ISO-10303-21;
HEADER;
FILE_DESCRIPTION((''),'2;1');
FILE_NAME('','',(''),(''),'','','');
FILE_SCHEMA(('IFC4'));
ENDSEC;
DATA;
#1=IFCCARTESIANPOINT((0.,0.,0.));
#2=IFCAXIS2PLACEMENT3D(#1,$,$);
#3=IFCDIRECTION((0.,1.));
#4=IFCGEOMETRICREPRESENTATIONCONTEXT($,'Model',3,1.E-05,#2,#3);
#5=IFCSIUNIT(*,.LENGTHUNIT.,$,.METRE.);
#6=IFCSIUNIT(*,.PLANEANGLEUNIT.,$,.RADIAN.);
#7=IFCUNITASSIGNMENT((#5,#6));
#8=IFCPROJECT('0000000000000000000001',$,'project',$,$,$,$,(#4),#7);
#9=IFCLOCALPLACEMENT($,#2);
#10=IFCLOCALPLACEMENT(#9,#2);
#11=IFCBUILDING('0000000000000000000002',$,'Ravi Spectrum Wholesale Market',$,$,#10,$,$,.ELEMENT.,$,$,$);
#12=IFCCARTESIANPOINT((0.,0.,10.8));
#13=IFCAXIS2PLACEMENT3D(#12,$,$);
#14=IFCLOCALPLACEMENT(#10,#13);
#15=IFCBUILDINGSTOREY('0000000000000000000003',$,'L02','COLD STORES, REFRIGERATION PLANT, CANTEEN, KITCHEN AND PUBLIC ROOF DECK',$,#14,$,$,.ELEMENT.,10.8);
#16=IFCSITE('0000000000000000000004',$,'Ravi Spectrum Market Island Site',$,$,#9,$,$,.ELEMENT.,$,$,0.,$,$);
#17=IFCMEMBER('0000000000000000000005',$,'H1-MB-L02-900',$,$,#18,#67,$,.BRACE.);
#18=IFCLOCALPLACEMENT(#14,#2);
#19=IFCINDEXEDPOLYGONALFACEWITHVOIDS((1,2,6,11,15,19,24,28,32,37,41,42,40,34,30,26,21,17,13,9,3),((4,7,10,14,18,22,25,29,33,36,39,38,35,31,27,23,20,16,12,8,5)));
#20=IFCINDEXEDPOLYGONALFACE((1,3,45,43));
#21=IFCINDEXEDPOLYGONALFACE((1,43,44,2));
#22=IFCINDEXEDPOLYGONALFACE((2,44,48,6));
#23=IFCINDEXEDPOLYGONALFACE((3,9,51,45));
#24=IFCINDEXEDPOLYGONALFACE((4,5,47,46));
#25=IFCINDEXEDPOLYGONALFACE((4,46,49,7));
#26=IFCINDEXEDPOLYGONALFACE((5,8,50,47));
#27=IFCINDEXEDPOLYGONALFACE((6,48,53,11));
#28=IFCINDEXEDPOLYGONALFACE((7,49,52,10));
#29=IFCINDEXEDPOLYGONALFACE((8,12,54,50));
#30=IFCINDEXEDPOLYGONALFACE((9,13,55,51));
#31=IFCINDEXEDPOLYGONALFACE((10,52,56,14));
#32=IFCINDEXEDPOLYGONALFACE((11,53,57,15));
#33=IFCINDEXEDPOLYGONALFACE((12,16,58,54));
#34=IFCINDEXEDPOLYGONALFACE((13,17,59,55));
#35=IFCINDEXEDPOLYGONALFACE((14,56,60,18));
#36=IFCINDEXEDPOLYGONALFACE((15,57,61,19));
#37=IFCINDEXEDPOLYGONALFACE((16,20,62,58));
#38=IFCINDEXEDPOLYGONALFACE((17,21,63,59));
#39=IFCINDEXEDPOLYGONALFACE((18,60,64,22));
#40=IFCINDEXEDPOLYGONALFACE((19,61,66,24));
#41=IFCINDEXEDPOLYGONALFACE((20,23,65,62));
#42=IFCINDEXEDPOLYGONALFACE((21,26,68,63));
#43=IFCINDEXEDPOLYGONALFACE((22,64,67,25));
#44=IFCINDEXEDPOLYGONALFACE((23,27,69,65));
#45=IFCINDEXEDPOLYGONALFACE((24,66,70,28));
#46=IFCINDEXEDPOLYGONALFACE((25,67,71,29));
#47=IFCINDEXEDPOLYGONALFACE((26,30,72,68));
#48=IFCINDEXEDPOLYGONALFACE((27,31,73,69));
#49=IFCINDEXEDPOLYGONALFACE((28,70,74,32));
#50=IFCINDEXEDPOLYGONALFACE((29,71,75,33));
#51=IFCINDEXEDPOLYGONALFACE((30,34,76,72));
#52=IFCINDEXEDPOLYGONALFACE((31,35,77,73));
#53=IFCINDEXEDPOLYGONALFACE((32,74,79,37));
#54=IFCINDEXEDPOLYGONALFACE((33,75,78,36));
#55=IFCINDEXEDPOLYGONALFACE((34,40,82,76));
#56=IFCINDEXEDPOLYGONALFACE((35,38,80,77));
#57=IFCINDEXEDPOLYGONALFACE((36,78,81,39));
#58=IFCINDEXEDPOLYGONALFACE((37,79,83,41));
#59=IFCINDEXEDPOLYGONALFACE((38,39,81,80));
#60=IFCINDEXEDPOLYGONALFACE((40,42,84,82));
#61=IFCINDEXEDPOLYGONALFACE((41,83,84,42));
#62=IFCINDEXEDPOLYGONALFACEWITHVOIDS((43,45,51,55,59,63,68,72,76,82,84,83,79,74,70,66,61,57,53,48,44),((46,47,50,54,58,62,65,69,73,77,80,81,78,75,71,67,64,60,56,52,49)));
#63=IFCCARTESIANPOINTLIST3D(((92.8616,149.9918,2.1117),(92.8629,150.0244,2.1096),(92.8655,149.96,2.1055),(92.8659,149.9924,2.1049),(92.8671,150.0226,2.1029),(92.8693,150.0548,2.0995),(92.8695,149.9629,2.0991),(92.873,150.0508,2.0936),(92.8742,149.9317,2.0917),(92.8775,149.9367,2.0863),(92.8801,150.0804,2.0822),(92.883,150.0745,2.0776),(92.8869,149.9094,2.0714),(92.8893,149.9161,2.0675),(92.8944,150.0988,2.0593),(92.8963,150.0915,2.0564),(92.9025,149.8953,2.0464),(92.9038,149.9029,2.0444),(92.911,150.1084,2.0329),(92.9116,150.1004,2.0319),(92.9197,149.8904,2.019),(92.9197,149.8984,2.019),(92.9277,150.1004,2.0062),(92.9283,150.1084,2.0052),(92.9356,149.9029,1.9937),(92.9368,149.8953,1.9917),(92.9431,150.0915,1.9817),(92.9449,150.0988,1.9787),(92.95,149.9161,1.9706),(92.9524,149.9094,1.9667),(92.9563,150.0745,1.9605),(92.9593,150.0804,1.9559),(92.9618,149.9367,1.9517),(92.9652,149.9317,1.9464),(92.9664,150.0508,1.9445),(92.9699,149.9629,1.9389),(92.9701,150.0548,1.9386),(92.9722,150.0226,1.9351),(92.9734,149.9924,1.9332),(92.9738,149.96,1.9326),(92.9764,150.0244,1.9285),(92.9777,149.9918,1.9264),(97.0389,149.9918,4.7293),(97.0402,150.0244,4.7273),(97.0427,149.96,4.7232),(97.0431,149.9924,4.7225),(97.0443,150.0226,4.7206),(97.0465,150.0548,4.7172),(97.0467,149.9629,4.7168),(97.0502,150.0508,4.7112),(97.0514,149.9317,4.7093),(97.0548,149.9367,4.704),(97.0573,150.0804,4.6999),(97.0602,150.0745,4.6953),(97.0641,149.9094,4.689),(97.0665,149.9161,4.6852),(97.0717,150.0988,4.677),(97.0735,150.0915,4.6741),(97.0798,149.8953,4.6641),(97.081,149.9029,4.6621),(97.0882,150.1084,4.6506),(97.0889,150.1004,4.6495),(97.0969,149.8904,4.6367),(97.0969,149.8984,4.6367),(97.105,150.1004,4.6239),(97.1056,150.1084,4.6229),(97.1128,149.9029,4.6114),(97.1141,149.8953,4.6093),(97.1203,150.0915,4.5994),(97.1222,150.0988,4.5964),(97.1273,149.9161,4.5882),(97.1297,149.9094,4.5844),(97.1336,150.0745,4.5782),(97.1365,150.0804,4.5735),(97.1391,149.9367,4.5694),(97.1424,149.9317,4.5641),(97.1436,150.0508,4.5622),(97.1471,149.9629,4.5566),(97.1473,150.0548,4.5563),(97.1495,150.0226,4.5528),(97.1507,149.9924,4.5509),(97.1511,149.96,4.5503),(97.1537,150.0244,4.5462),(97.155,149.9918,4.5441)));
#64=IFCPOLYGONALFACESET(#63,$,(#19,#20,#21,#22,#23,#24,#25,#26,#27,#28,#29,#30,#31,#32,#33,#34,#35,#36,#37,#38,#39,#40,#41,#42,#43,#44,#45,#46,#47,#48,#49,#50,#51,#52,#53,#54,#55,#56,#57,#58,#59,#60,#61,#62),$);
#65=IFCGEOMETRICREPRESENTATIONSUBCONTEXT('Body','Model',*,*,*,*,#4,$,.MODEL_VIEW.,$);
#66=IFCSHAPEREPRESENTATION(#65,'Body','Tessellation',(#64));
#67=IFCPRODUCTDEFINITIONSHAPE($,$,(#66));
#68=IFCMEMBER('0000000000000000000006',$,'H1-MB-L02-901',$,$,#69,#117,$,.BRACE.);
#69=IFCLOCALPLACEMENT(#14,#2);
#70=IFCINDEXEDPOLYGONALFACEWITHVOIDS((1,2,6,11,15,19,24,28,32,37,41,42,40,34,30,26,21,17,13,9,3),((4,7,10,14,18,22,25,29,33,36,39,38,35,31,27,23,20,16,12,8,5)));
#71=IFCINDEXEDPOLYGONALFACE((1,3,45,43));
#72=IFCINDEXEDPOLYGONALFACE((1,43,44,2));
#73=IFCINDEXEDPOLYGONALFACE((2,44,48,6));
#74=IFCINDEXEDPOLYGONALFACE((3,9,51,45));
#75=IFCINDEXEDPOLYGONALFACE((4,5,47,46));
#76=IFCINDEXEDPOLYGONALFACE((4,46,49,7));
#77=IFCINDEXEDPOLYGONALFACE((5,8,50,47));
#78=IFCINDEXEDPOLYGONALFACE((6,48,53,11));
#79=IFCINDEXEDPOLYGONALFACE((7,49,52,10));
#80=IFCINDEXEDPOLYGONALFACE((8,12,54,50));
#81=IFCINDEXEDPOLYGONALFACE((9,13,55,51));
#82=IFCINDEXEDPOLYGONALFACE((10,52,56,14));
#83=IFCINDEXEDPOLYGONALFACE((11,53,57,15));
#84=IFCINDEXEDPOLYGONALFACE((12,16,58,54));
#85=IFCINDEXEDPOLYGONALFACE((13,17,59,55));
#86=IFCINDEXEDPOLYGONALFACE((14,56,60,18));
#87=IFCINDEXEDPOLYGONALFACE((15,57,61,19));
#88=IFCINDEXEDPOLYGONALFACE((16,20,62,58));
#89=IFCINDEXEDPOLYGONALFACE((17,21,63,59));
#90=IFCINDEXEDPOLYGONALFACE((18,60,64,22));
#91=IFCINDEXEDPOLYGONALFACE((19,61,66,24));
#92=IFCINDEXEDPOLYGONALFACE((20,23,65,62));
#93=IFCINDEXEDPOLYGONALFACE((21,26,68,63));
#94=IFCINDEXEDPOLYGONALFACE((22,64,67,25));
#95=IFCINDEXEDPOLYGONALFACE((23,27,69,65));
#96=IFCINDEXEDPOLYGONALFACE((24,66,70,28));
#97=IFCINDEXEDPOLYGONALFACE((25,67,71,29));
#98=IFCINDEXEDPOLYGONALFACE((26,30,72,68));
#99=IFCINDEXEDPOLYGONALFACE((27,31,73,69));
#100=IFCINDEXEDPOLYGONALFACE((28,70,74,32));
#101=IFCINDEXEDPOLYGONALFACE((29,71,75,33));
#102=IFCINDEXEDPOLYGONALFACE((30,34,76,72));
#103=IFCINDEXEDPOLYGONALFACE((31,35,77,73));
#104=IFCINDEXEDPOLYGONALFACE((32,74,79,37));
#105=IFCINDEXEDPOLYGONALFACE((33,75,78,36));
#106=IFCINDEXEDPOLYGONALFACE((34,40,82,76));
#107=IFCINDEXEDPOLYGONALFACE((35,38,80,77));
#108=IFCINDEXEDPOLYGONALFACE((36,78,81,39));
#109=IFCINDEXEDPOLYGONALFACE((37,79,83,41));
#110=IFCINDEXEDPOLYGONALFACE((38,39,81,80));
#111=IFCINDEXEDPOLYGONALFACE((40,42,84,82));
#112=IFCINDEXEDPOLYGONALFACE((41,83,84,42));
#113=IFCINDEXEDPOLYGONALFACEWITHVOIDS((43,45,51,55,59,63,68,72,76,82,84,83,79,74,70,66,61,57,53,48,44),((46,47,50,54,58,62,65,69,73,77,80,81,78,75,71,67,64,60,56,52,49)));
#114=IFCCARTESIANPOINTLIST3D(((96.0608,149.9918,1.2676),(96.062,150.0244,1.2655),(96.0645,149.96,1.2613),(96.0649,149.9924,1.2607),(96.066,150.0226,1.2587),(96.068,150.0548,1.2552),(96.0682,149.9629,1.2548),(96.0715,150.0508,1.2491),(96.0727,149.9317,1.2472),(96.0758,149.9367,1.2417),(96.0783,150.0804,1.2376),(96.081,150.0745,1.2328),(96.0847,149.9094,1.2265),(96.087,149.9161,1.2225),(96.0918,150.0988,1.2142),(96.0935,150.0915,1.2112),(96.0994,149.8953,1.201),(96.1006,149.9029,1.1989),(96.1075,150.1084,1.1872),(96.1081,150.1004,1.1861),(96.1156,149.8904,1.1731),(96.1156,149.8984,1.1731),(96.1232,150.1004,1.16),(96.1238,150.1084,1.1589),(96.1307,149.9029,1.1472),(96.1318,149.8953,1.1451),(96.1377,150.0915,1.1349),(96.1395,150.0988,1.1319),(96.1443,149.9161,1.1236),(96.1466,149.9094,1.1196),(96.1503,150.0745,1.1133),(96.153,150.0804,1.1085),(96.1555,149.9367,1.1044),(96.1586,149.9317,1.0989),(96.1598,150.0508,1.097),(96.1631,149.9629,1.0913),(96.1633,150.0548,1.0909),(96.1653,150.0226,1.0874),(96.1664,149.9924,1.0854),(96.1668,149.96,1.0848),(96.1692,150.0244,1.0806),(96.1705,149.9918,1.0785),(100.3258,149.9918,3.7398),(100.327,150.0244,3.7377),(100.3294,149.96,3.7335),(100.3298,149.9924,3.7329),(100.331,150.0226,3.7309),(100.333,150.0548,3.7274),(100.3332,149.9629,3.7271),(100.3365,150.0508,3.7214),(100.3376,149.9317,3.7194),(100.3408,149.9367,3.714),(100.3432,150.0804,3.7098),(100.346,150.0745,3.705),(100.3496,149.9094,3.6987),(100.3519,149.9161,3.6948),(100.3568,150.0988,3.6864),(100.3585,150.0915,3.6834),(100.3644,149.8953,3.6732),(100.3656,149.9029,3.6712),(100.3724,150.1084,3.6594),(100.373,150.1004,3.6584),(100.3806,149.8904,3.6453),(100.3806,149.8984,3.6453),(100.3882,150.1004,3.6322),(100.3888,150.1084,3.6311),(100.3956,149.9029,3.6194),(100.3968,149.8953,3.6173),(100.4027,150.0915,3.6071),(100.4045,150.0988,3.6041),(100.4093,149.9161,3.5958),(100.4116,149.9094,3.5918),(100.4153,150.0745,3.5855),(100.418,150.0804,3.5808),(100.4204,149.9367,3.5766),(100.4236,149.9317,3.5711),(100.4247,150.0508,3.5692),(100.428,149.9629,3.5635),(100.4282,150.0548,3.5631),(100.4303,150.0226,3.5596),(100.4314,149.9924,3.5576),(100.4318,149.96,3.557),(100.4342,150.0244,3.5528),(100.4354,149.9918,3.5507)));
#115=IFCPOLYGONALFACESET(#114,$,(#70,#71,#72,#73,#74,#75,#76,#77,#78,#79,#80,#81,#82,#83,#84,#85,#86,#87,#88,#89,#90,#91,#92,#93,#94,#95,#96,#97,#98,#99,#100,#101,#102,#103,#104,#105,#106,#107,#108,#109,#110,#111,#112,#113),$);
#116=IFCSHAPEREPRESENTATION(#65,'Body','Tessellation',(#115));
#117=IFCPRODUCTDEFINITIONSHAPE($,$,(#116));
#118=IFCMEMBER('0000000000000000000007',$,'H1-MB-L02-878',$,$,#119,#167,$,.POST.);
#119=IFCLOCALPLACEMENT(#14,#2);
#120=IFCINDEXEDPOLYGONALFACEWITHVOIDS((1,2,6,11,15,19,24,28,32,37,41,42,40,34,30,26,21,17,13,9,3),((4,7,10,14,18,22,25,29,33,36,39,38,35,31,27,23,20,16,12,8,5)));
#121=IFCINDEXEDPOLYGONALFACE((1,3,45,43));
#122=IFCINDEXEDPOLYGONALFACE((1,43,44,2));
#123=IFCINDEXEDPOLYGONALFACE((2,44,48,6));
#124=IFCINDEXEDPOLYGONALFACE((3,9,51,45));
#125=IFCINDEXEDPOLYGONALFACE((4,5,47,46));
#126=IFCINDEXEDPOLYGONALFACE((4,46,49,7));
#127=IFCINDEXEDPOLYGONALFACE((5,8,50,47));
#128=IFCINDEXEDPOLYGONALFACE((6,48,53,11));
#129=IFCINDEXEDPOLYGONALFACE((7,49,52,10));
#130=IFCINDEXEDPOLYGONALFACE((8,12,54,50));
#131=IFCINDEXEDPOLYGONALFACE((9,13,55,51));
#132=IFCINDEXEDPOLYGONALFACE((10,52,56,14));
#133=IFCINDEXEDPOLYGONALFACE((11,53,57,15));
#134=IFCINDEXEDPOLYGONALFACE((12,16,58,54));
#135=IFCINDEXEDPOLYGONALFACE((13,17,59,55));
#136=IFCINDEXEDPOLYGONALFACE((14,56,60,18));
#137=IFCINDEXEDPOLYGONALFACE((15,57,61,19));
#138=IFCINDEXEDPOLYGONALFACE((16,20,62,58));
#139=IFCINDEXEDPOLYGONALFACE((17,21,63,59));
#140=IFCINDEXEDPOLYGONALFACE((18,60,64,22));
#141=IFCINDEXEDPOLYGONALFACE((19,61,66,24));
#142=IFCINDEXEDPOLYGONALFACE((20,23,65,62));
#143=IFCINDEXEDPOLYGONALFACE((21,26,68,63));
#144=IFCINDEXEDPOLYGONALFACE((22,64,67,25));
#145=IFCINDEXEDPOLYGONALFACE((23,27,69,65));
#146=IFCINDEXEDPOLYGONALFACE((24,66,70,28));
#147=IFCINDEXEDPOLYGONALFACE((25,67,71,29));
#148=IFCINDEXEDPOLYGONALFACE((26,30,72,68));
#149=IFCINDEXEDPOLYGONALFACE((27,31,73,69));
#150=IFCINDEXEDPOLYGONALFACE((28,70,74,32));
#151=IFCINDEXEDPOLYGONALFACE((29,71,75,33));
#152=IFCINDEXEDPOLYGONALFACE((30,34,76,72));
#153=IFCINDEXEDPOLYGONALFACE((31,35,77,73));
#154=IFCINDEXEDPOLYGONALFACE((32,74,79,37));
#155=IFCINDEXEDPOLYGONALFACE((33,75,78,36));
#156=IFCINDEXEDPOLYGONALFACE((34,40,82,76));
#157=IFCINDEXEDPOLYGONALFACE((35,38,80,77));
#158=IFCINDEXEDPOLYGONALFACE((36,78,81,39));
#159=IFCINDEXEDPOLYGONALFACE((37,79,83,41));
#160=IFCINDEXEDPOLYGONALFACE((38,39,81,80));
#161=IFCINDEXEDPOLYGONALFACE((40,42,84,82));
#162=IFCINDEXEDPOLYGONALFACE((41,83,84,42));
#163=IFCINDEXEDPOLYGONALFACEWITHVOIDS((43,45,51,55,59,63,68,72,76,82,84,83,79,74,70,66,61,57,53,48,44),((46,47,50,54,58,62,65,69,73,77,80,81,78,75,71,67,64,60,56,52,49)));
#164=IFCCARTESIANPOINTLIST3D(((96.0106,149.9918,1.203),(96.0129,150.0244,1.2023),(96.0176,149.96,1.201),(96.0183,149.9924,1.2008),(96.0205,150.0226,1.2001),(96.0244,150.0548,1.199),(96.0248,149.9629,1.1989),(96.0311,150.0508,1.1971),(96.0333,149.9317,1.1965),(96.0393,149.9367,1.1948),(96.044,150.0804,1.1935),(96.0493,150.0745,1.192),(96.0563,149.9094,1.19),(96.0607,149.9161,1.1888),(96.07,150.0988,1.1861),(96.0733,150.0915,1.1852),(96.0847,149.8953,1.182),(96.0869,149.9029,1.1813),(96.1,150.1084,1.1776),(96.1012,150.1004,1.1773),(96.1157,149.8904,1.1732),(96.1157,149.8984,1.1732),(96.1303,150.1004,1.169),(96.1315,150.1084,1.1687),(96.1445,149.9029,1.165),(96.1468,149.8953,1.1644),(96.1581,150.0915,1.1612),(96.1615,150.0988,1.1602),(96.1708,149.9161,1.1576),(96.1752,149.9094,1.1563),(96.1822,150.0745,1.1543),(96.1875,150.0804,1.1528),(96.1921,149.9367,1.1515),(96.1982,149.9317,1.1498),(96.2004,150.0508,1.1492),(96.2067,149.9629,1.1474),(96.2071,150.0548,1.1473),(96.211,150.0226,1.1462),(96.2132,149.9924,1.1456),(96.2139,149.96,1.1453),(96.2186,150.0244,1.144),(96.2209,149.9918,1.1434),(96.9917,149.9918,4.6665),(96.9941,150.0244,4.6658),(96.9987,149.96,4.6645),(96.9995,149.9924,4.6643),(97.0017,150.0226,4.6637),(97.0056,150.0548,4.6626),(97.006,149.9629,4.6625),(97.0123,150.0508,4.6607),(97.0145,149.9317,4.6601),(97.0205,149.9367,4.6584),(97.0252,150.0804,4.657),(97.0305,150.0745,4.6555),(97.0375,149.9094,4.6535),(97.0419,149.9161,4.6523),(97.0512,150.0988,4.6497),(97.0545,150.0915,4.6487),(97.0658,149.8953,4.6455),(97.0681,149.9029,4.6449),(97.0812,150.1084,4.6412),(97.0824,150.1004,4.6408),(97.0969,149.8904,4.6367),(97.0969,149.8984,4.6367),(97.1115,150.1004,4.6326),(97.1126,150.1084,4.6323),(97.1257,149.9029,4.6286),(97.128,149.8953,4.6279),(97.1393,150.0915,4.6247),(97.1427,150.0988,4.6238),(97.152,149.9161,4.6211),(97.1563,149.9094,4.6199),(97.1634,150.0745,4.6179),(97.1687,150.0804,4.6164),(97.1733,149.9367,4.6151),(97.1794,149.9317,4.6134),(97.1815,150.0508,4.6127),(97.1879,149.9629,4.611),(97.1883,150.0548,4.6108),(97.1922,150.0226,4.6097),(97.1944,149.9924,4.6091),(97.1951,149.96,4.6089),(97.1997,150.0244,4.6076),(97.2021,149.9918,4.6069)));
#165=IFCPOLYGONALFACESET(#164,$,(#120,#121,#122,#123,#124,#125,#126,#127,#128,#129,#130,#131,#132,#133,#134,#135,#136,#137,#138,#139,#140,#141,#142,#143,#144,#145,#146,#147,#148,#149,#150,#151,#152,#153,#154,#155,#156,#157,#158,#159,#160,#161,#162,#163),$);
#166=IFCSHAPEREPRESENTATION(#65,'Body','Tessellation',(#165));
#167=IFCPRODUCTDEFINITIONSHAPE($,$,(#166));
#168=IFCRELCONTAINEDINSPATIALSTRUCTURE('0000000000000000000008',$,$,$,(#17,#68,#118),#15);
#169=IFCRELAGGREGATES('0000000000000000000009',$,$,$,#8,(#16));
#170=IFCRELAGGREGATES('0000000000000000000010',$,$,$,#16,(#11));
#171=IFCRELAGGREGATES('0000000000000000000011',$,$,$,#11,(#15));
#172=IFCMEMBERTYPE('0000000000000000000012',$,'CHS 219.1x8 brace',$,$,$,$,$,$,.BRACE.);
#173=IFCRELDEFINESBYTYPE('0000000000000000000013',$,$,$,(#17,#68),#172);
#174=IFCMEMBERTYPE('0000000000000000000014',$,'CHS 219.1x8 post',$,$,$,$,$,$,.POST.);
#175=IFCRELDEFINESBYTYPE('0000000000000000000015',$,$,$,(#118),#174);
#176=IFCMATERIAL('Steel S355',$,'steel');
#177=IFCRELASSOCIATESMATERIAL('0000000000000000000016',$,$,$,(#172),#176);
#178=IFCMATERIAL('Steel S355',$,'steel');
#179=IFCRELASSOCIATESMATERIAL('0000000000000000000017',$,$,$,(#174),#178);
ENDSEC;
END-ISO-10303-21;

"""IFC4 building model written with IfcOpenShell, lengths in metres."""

from ifc_helpers import new_model, si_unit, direction, frame, origin, origin_2d, place, context, subcontext, project, spatial, hollow_circle, extrude, material, material_profile, profile_set, type_object, element, save


model = new_model("IFC4")

# Units and contexts
model_context = context("Model", 3, precision=1e-05, world=origin(), true_north=direction((0.0, 1.0)))
body_context = subcontext(model_context, "Body", "Model", "MODEL_VIEW")
ifc_project = project(units=[si_unit("LENGTHUNIT", "METRE"), si_unit("PLANEANGLEUNIT", "RADIAN")], contexts=[model_context])

# Site, building, storey
site_placement = place(None, origin())
site = spatial("IfcSite", under=ifc_project, at=site_placement, Name="Ravi Spectrum Market Island Site", CompositionType="ELEMENT", RefElevation=0.0)
building_placement = place(site_placement, origin())
building = spatial("IfcBuilding", under=site, at=building_placement, Name="Ravi Spectrum Wholesale Market", CompositionType="ELEMENT")
storey_placement = place(building_placement, frame((0.0, 0.0, 10.8)))
storey = spatial("IfcBuildingStorey", under=building, at=storey_placement, Name="L02", Description="COLD STORES, REFRIGERATION PLANT, CANTEEN, KITCHEN AND PUBLIC ROOF DECK", CompositionType="ELEMENT", Elevation=10.8)

# Members
ifc_material_1 = material(Name="Steel S355", Category="steel")
ifc_material_profile_1 = material_profile(ifc_material_1, hollow_circle(Radius=0.1096, WallThickness=0.0081, at=origin_2d()))
ifc_profile_set_1 = profile_set([ifc_material_profile_1], Name="Steel S355")
member_type_1 = type_object("IfcMemberType", Name="CHS 219.1x8 brace", PredefinedType="BRACE", material=ifc_profile_set_1)
for number, where, z_axis, x_axis, name in (
    (1, (97.0969, 150.0, 4.6367), (-0.847369, 0.0, -0.531005), (0.0, -1.0, 0.0), "H1-MB-L02-900"),
    (2, (100.3806, 150.0, 3.6453), (-0.865161, 0.0, -0.501495), (0.0, -1.0, 0.0), "H1-MB-L02-901"),
):
    element("IfcMember", number, at=place(storey_placement, frame(where, z_axis=z_axis, x_axis=x_axis)), inside=storey, type_object=member_type_1, Name=name, PredefinedType="BRACE", context=body_context, shape_type="SweptSolid", body=[
        extrude(hollow_circle(Radius=0.1096, WallThickness=0.0081, at=origin_2d()), origin(), (0.0, 0.0, 1.0), 4.9297),
    ])
ifc_material_2 = material(Name="Steel S355", Category="steel")
ifc_material_profile_2 = material_profile(ifc_material_2, hollow_circle(Radius=0.1096, WallThickness=0.0081, at=origin_2d()))
ifc_profile_set_2 = profile_set([ifc_material_profile_2], Name="Steel S355")
member_type_2 = type_object("IfcMemberType", Name="CHS 219.1x8 post", PredefinedType="POST", material=ifc_profile_set_2)
member_1_placement = place(storey_placement, frame((97.0969, 150.0, 4.6367), z_axis=(-0.272562, 0.0, -0.962138), x_axis=(0.0, -1.0, 0.0)))
element("IfcMember", 3, at=member_1_placement, inside=storey, type_object=member_type_2, Name="H1-MB-L02-878", PredefinedType="POST", context=body_context, shape_type="SweptSolid", body=[
    extrude(hollow_circle(Radius=0.1096, WallThickness=0.0081, at=origin_2d()), origin(), (0.0, 0.0, 1.0), 3.5999),
])

save(model, "model.ifc")
